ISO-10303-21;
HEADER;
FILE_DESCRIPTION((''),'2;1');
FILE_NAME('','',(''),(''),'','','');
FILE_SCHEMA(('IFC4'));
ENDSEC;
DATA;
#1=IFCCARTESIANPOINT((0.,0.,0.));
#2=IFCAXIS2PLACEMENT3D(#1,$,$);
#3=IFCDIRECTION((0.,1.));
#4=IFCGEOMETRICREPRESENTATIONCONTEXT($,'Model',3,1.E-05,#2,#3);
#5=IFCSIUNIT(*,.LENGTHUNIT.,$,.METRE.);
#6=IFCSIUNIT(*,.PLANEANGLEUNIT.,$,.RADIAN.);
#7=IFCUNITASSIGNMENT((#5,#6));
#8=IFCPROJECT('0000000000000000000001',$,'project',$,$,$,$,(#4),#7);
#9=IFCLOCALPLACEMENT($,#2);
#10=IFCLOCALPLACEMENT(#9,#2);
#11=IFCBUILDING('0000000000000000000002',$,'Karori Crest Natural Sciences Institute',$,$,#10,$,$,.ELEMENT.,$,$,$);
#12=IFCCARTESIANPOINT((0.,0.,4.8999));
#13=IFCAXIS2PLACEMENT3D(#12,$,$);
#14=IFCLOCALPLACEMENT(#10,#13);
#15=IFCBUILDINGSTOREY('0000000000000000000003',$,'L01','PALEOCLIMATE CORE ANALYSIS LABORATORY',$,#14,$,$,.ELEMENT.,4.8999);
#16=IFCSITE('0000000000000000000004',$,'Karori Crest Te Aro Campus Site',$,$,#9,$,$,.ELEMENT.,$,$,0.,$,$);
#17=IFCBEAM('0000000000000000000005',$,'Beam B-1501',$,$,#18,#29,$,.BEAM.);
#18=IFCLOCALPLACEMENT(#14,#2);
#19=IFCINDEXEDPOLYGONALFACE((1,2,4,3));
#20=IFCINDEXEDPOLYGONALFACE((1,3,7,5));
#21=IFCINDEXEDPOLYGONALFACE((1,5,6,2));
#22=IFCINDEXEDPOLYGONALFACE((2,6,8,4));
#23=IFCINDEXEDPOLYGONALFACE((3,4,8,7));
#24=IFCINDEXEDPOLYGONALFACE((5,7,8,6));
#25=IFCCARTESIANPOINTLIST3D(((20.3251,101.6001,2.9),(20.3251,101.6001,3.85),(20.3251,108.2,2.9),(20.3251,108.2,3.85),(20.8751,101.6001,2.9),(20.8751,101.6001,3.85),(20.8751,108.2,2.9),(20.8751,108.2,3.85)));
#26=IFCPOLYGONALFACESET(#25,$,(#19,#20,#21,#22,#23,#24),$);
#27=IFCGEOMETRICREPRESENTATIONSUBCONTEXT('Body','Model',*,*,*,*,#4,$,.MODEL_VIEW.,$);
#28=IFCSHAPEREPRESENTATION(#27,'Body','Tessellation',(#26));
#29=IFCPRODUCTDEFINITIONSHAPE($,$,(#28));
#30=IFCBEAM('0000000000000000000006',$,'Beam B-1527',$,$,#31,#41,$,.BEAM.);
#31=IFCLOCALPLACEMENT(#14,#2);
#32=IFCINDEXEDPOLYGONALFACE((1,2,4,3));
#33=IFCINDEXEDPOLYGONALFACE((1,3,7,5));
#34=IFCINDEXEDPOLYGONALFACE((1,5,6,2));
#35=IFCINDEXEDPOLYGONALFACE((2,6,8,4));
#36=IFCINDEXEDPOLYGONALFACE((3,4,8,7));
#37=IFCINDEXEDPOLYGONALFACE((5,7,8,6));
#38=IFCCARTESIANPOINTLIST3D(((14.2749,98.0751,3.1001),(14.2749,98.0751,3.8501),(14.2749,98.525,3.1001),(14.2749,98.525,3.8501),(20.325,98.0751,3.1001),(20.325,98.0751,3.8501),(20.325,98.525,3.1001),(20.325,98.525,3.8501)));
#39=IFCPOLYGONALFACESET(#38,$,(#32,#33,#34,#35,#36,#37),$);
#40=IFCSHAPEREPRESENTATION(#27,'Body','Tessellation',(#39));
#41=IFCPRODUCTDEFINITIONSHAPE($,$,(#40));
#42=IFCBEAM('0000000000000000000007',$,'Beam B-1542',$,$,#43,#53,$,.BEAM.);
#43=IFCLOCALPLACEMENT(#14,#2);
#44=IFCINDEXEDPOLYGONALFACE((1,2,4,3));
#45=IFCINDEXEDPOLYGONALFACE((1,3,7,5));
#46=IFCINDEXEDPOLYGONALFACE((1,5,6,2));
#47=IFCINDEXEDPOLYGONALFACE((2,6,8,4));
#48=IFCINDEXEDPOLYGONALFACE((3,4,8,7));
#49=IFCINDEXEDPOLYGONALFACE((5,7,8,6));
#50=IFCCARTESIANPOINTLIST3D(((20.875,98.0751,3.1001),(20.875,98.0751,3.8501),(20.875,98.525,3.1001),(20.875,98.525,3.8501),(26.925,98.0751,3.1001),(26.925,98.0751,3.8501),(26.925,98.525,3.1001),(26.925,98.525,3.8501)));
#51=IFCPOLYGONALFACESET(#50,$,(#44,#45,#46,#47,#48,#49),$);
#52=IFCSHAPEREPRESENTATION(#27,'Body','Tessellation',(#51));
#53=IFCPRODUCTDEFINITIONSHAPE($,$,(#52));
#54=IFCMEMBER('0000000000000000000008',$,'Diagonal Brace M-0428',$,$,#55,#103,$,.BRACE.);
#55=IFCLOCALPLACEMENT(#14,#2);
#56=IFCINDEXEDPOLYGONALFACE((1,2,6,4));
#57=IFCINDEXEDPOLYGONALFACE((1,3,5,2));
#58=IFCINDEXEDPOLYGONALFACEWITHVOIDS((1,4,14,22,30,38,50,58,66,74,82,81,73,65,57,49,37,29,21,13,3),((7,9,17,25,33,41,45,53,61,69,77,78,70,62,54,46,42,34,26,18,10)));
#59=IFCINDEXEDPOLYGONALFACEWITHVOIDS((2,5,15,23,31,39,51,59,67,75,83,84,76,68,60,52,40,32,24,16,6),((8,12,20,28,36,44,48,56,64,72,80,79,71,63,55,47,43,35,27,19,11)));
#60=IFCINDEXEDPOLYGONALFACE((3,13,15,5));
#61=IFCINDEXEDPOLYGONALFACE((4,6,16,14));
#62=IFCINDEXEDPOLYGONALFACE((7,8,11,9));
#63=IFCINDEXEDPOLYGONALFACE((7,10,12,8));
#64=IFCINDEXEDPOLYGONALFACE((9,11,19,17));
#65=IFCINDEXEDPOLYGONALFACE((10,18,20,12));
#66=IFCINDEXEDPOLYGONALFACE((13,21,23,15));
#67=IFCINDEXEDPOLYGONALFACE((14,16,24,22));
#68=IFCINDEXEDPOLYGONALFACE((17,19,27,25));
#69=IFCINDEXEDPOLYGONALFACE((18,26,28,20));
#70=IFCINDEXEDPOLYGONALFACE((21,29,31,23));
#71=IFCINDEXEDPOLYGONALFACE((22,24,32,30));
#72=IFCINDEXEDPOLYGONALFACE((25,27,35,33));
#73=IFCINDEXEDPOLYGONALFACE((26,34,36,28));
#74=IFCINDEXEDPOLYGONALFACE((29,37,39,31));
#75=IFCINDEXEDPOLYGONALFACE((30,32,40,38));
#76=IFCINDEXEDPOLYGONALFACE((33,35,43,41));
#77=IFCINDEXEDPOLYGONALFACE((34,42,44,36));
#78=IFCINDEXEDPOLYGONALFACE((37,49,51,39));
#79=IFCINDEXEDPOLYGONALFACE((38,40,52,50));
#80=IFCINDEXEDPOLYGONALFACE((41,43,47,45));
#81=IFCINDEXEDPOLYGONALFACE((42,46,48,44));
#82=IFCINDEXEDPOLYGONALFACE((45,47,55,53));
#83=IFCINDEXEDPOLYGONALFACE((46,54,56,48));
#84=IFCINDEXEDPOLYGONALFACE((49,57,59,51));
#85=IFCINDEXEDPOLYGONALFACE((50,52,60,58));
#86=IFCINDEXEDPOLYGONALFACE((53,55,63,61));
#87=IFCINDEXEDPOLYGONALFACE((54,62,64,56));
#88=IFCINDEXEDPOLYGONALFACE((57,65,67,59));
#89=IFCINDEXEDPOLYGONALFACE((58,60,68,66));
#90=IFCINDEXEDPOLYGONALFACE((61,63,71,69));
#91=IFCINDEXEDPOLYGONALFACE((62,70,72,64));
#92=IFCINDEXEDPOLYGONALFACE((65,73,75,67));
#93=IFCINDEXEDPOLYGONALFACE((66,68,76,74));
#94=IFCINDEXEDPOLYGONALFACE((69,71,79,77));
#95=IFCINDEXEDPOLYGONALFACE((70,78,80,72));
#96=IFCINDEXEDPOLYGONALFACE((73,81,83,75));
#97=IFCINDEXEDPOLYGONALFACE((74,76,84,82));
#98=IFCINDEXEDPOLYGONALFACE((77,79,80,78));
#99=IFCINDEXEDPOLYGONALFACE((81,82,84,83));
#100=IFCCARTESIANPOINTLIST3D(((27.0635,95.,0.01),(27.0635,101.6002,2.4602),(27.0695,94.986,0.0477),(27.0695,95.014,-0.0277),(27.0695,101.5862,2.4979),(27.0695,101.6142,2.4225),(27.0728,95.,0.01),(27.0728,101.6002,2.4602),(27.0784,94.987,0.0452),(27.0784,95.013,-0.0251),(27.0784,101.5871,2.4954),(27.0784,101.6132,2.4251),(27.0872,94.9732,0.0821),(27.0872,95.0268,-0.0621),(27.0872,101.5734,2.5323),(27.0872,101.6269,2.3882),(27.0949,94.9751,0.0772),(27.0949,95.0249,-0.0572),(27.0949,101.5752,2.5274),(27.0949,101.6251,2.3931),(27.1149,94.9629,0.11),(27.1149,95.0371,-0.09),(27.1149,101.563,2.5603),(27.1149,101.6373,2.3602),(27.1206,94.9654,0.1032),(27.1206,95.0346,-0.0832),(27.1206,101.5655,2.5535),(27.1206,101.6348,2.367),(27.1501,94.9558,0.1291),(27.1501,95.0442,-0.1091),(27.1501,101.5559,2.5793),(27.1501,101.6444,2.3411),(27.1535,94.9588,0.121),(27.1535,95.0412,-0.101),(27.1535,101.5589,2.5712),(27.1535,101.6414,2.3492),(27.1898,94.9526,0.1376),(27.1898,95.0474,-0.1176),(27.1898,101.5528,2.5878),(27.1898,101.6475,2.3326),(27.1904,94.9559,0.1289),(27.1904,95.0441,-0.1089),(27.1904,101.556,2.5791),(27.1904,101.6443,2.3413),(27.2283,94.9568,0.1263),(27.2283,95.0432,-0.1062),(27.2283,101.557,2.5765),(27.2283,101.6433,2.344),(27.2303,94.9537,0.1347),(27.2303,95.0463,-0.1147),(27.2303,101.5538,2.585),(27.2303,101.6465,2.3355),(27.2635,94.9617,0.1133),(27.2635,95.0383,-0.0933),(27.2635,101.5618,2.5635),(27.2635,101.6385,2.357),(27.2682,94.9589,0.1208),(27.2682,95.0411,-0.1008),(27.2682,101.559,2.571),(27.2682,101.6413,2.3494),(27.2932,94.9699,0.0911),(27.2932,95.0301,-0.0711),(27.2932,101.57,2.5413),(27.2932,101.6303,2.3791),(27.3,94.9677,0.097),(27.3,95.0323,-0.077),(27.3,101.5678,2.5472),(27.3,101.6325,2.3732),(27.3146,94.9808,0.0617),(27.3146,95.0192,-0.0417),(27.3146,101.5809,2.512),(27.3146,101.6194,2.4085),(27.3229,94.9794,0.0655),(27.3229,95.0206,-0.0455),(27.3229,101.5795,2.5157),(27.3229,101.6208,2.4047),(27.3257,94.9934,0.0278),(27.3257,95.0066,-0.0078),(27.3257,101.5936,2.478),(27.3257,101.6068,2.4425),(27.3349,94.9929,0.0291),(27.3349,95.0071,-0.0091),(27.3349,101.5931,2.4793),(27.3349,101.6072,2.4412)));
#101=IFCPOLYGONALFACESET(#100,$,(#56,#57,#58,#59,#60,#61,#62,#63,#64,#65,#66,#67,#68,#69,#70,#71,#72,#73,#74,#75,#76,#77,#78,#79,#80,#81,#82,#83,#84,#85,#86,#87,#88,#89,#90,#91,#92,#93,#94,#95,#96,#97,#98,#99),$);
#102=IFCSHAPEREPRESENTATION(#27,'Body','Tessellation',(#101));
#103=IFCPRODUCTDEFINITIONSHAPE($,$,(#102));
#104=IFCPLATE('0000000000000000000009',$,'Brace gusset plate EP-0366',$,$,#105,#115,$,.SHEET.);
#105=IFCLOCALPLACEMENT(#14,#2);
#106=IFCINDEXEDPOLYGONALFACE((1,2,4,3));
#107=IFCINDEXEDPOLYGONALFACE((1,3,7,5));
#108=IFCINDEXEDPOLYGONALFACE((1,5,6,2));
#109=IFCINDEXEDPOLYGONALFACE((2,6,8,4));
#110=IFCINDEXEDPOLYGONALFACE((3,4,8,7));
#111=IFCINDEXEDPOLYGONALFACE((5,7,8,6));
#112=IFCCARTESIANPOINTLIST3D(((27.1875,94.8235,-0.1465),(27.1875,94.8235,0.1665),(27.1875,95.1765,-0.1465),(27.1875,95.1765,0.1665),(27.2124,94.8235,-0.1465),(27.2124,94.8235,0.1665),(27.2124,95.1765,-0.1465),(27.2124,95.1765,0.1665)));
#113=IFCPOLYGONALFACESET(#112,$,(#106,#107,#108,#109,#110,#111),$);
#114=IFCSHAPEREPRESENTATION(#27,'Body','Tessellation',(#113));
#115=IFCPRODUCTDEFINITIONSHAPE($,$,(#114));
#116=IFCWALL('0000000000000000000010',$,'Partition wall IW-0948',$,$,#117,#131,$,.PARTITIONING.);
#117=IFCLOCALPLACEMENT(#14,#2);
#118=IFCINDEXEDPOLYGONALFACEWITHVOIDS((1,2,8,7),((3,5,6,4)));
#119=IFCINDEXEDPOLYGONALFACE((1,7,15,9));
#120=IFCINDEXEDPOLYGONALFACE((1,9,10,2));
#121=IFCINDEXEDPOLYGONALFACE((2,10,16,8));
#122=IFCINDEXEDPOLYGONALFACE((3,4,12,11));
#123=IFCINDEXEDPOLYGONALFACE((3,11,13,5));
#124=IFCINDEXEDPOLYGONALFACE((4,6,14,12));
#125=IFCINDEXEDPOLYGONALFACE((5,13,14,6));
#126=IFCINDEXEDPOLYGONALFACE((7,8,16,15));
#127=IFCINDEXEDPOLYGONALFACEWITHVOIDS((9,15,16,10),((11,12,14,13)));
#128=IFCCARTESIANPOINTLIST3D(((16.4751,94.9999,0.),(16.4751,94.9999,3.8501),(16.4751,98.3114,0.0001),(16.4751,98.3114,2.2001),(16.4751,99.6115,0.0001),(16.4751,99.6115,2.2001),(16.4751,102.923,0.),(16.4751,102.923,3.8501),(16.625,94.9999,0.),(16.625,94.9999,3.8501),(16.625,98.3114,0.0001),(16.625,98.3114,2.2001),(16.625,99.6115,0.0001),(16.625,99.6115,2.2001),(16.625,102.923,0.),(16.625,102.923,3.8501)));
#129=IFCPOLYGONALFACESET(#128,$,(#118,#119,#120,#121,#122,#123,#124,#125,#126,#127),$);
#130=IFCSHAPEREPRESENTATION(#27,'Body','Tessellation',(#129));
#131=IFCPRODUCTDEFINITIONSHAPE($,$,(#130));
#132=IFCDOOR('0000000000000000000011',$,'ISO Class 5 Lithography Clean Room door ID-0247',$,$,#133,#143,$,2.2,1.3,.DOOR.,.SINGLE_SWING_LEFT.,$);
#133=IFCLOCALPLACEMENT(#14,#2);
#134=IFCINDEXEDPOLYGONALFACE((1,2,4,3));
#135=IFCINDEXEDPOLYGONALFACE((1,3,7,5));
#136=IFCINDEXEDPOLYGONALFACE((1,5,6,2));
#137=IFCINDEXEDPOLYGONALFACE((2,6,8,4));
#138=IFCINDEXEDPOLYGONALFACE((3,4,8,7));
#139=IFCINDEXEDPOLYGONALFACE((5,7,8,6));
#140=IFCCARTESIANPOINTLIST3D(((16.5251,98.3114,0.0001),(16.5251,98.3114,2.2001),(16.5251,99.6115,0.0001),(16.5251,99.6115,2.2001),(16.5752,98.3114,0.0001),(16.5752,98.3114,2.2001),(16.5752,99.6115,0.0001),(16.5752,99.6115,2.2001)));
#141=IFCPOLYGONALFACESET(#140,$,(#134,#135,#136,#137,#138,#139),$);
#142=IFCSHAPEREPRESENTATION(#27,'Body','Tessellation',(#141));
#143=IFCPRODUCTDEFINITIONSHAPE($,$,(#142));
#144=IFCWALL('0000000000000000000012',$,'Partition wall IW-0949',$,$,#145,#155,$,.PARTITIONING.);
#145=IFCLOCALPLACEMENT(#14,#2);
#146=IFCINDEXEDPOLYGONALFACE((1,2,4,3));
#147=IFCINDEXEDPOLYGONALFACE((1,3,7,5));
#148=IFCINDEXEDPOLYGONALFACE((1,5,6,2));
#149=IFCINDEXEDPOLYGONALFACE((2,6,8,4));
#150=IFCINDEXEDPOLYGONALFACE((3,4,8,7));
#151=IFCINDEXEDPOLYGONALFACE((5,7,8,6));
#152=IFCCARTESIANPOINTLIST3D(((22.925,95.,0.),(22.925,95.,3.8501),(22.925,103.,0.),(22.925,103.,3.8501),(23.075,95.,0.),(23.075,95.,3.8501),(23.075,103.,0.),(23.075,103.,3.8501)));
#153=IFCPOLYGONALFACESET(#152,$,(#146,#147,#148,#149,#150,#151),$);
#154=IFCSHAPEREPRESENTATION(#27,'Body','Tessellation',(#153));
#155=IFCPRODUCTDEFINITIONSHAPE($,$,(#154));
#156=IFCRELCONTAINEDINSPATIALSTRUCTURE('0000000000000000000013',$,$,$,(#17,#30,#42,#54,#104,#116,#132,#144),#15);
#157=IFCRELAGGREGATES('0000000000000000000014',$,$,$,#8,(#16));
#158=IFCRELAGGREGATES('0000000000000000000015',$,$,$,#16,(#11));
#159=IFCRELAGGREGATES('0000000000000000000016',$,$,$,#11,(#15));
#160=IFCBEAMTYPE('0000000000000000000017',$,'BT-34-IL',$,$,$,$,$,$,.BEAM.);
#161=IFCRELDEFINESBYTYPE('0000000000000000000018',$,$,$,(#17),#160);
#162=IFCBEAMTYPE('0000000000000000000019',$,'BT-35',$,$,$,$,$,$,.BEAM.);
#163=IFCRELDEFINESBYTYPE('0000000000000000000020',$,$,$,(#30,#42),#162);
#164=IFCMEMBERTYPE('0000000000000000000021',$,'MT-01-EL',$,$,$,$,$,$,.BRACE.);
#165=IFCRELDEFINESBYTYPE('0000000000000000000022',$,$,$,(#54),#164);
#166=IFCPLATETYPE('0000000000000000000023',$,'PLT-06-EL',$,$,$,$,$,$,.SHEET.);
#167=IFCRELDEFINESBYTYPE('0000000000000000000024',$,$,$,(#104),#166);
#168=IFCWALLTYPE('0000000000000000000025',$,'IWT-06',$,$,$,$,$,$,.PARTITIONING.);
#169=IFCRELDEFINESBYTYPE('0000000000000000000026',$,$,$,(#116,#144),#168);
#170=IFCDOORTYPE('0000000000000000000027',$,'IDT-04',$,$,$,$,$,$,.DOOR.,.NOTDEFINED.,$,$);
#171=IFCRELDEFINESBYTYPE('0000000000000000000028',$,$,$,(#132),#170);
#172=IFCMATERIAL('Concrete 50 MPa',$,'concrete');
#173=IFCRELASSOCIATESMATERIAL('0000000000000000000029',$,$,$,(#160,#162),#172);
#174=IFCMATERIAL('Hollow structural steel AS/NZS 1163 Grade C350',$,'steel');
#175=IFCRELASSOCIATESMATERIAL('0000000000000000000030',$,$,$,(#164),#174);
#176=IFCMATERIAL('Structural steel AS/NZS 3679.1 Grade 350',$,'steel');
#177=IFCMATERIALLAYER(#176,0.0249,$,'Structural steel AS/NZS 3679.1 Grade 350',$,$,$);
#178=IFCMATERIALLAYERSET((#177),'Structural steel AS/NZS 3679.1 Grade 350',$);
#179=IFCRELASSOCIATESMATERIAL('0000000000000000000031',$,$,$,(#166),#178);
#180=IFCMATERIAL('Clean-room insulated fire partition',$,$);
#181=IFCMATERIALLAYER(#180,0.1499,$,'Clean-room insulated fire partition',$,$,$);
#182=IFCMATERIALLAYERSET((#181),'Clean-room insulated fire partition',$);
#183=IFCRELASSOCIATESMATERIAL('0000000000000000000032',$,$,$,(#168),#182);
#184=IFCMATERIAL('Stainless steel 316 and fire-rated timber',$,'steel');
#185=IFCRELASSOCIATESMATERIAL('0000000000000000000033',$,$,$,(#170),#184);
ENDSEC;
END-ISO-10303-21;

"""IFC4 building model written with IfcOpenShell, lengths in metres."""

from ifc_helpers import new_model, si_unit, direction, frame, frame_2d, origin, origin_2d, place, context, subcontext, project, spatial, rectangle, hollow_circle, extrude, material, layer, layer_set, material_profile, profile_set, type_object, element, fill, save


model = new_model("IFC4")

# Units and contexts
model_context = context("Model", 3, precision=1e-05, world=origin(), true_north=direction((0.0, 1.0)))
body_context = subcontext(model_context, "Body", "Model", "MODEL_VIEW")
ifc_project = project(units=[si_unit("LENGTHUNIT", "METRE"), si_unit("PLANEANGLEUNIT", "RADIAN")], contexts=[model_context])

# Site, building, storey
site_placement = place(None, origin())
site = spatial("IfcSite", under=ifc_project, at=site_placement, Name="Karori Crest Te Aro Campus Site", CompositionType="ELEMENT", RefElevation=0.0)
building_placement = place(site_placement, origin())
building = spatial("IfcBuilding", under=site, at=building_placement, Name="Karori Crest Natural Sciences Institute", CompositionType="ELEMENT")
storey_placement = place(building_placement, frame((0.0, 0.0, 4.8999)))
storey = spatial("IfcBuildingStorey", under=building, at=storey_placement, Name="L01", Description="PALEOCLIMATE CORE ANALYSIS LABORATORY", CompositionType="ELEMENT", Elevation=4.8999)

# Shared definitions
ifc_material_1 = material(Name="Concrete 50 MPa", Category="concrete")

# Beams
ifc_material_2 = material(Name="Structural steel AS/NZS 3679.1 Grade 350", Category="steel")
ifc_material_profile_1 = material_profile(ifc_material_1, rectangle(XDim=0.55, YDim=0.95, at=origin_2d()), Name="RCB550x950")
ifc_profile_set_1 = profile_set([ifc_material_profile_1], Name="Concrete 50 MPa")
beam_type_1 = type_object("IfcBeamType", Name="BT-34-IL", PredefinedType="BEAM", material=ifc_profile_set_1)
beam_1_placement = place(storey_placement, frame((20.6001, 101.6001, 3.375), z_axis=(0.0, 1.0, 0.0), x_axis=(-1.0, 0.0, 0.0)))
element("IfcBeam", 1, at=beam_1_placement, inside=storey, type_object=beam_type_1, Name="Beam B-1501", PredefinedType="BEAM", context=body_context, shape_type="SweptSolid", body=[
    extrude(rectangle(XDim=0.55, YDim=0.95, at=origin_2d()), origin(), (0.0, 0.0, 1.0), 6.5999),
])
ifc_material_profile_2 = material_profile(ifc_material_1, rectangle(XDim=0.45, YDim=0.75, at=origin_2d()), Name="RCB450x750")
ifc_profile_set_2 = profile_set([ifc_material_profile_2], Name="Concrete 50 MPa")
beam_type_2 = type_object("IfcBeamType", Name="BT-35", PredefinedType="BEAM", material=ifc_profile_set_2)
for number, where, z_axis, x_axis, name in (
    (2, (14.2749, 98.3, 3.4751), (1.0, 0.0, 0.0), (0.0, 1.0, 0.0), "Beam B-1527"),
    (3, (20.875, 98.3, 3.4751), (1.0, 0.0, 0.0), (0.0, 1.0, 0.0), "Beam B-1542"),
):
    element("IfcBeam", number, at=place(storey_placement, frame(where, z_axis=z_axis, x_axis=x_axis)), inside=storey, type_object=beam_type_2, Name=name, PredefinedType="BEAM", context=body_context, shape_type="SweptSolid", body=[
        extrude(rectangle(XDim=0.45, YDim=0.75, at=origin_2d()), origin(), (0.0, 0.0, 1.0), 6.05),
    ])

# Member
ifc_material_3 = material(Name="Hollow structural steel AS/NZS 1163 Grade C350", Category="steel")
ifc_material_profile_3 = material_profile(ifc_material_3, hollow_circle(Radius=0.1365, WallThickness=0.0093, at=origin_2d()), Name="CHS273.0x9.3")
ifc_profile_set_3 = profile_set([ifc_material_profile_3], Name="Hollow structural steel AS/NZS 1163 Grade C350")
member_type = type_object("IfcMemberType", Name="MT-01-EL", PredefinedType="BRACE", material=ifc_profile_set_3)
member_placement = place(storey_placement, frame((27.2, 95.0, 0.01), z_axis=(0.0, 0.937484, 0.348028), x_axis=(-1.0, 0.0, 0.0)))
element("IfcMember", 4, at=member_placement, inside=storey, type_object=member_type, Name="Diagonal Brace M-0428", PredefinedType="BRACE", context=body_context, shape_type="SweptSolid", body=[
    extrude(hollow_circle(Radius=0.1365, WallThickness=0.0093, at=origin_2d()), origin(), (0.0, 0.0, 1.0), 7.0403),
])

# Plate
ifc_layer_1 = layer(ifc_material_2, 0.0249, Name="Structural steel AS/NZS 3679.1 Grade 350")
ifc_layer_set_1 = layer_set([ifc_layer_1], Name="Structural steel AS/NZS 3679.1 Grade 350")
plate_type = type_object("IfcPlateType", Name="PLT-06-EL", PredefinedType="SHEET", material=ifc_layer_set_1)
plate_placement = place(storey_placement, frame((27.2, 95.0, -0.1465), z_axis=(0.0, 0.0, 1.0), x_axis=(0.0, 1.0, 0.0)))
element("IfcPlate", 5, at=plate_placement, inside=storey, type_object=plate_type, Name="Brace gusset plate EP-0366", PredefinedType="SHEET", context=body_context, shape_type="SweptSolid", body=[
    extrude(rectangle(XDim=0.353, YDim=0.0249, at=origin_2d()), origin(), (0.0, 0.0, 1.0), 0.313),
])

# Wall, opening, door
ifc_material_4 = material(Name="Clean-room insulated fire partition")
ifc_layer_2 = layer(ifc_material_4, 0.1499, Name="Clean-room insulated fire partition")
ifc_layer_set_2 = layer_set([ifc_layer_2], Name="Clean-room insulated fire partition")
wall_type_1 = type_object("IfcWallType", Name="IWT-06", PredefinedType="PARTITIONING", material=ifc_layer_set_2)
wall_1_placement = place(storey_placement, frame((16.55, 95.0, 0.0), z_axis=(0.0, 0.0, 1.0), x_axis=(0.0, 1.0, 0.0)))
wall_1 = element("IfcWall", 6, at=wall_1_placement, inside=storey, type_object=wall_type_1, Name="Partition wall IW-0948", PredefinedType="PARTITIONING", context=body_context, shape_type="SweptSolid", body=[
    extrude(rectangle(XDim=7.9231, YDim=0.1499, at=frame_2d((3.9614, 0.0))), origin(), (0.0, 0.0, 1.0), 3.8501),
])
opening_1_placement = place(wall_1_placement, frame((3.3115, 0.0, 0.0)))
opening_1 = element("IfcOpeningElement", 7, at=opening_1_placement, cuts=wall_1, PredefinedType="OPENING", context=body_context, shape_type="SweptSolid", body=[
    extrude(rectangle(XDim=1.3, YDim=2.2, at=frame_2d((0.6499, 1.1001))), frame((0.0, 0.085, 0.0), z_axis=(0.0, -1.0, 0.0), x_axis=(1.0, 0.0, 0.0)), (0.0, 0.0, 1.0), 0.1699),
])
ifc_material_5 = material(Name="Stainless steel 316 and fire-rated timber", Category="steel")
door_type = type_object("IfcDoorType", Name="IDT-04", OperationType="NOTDEFINED", PredefinedType="DOOR", material=ifc_material_5)
door_placement = place(opening_1_placement, origin())
door = element("IfcDoor", 8, at=door_placement, inside=storey, type_object=door_type, Name="ISO Class 5 Lithography Clean Room door ID-0247", OperationType="SINGLE_SWING_LEFT", OverallHeight=2.2, OverallWidth=1.3, PredefinedType="DOOR", context=body_context, shape_type="SweptSolid", body=[
    extrude(rectangle(XDim=1.3, YDim=2.2, at=frame_2d((0.6499, 1.1001))), frame((0.0, 0.0249, 0.0), z_axis=(0.0, -1.0, 0.0), x_axis=(1.0, 0.0, 0.0)), (0.0, 0.0, 1.0), 0.05),
])
fill(opening_1, door)

# Wall
wall_2_placement = place(storey_placement, frame((23.0, 95.0, 0.0), z_axis=(0.0, 0.0, 1.0), x_axis=(0.0, 1.0, 0.0)))
element("IfcWall", 9, at=wall_2_placement, inside=storey, type_object=wall_type_1, Name="Partition wall IW-0949", PredefinedType="PARTITIONING", context=body_context, shape_type="SweptSolid", body=[
    extrude(rectangle(XDim=8.0, YDim=0.1499, at=frame_2d((4.0, 0.0))), origin(), (0.0, 0.0, 1.0), 3.8501),
])

save(model, "model.ifc")
